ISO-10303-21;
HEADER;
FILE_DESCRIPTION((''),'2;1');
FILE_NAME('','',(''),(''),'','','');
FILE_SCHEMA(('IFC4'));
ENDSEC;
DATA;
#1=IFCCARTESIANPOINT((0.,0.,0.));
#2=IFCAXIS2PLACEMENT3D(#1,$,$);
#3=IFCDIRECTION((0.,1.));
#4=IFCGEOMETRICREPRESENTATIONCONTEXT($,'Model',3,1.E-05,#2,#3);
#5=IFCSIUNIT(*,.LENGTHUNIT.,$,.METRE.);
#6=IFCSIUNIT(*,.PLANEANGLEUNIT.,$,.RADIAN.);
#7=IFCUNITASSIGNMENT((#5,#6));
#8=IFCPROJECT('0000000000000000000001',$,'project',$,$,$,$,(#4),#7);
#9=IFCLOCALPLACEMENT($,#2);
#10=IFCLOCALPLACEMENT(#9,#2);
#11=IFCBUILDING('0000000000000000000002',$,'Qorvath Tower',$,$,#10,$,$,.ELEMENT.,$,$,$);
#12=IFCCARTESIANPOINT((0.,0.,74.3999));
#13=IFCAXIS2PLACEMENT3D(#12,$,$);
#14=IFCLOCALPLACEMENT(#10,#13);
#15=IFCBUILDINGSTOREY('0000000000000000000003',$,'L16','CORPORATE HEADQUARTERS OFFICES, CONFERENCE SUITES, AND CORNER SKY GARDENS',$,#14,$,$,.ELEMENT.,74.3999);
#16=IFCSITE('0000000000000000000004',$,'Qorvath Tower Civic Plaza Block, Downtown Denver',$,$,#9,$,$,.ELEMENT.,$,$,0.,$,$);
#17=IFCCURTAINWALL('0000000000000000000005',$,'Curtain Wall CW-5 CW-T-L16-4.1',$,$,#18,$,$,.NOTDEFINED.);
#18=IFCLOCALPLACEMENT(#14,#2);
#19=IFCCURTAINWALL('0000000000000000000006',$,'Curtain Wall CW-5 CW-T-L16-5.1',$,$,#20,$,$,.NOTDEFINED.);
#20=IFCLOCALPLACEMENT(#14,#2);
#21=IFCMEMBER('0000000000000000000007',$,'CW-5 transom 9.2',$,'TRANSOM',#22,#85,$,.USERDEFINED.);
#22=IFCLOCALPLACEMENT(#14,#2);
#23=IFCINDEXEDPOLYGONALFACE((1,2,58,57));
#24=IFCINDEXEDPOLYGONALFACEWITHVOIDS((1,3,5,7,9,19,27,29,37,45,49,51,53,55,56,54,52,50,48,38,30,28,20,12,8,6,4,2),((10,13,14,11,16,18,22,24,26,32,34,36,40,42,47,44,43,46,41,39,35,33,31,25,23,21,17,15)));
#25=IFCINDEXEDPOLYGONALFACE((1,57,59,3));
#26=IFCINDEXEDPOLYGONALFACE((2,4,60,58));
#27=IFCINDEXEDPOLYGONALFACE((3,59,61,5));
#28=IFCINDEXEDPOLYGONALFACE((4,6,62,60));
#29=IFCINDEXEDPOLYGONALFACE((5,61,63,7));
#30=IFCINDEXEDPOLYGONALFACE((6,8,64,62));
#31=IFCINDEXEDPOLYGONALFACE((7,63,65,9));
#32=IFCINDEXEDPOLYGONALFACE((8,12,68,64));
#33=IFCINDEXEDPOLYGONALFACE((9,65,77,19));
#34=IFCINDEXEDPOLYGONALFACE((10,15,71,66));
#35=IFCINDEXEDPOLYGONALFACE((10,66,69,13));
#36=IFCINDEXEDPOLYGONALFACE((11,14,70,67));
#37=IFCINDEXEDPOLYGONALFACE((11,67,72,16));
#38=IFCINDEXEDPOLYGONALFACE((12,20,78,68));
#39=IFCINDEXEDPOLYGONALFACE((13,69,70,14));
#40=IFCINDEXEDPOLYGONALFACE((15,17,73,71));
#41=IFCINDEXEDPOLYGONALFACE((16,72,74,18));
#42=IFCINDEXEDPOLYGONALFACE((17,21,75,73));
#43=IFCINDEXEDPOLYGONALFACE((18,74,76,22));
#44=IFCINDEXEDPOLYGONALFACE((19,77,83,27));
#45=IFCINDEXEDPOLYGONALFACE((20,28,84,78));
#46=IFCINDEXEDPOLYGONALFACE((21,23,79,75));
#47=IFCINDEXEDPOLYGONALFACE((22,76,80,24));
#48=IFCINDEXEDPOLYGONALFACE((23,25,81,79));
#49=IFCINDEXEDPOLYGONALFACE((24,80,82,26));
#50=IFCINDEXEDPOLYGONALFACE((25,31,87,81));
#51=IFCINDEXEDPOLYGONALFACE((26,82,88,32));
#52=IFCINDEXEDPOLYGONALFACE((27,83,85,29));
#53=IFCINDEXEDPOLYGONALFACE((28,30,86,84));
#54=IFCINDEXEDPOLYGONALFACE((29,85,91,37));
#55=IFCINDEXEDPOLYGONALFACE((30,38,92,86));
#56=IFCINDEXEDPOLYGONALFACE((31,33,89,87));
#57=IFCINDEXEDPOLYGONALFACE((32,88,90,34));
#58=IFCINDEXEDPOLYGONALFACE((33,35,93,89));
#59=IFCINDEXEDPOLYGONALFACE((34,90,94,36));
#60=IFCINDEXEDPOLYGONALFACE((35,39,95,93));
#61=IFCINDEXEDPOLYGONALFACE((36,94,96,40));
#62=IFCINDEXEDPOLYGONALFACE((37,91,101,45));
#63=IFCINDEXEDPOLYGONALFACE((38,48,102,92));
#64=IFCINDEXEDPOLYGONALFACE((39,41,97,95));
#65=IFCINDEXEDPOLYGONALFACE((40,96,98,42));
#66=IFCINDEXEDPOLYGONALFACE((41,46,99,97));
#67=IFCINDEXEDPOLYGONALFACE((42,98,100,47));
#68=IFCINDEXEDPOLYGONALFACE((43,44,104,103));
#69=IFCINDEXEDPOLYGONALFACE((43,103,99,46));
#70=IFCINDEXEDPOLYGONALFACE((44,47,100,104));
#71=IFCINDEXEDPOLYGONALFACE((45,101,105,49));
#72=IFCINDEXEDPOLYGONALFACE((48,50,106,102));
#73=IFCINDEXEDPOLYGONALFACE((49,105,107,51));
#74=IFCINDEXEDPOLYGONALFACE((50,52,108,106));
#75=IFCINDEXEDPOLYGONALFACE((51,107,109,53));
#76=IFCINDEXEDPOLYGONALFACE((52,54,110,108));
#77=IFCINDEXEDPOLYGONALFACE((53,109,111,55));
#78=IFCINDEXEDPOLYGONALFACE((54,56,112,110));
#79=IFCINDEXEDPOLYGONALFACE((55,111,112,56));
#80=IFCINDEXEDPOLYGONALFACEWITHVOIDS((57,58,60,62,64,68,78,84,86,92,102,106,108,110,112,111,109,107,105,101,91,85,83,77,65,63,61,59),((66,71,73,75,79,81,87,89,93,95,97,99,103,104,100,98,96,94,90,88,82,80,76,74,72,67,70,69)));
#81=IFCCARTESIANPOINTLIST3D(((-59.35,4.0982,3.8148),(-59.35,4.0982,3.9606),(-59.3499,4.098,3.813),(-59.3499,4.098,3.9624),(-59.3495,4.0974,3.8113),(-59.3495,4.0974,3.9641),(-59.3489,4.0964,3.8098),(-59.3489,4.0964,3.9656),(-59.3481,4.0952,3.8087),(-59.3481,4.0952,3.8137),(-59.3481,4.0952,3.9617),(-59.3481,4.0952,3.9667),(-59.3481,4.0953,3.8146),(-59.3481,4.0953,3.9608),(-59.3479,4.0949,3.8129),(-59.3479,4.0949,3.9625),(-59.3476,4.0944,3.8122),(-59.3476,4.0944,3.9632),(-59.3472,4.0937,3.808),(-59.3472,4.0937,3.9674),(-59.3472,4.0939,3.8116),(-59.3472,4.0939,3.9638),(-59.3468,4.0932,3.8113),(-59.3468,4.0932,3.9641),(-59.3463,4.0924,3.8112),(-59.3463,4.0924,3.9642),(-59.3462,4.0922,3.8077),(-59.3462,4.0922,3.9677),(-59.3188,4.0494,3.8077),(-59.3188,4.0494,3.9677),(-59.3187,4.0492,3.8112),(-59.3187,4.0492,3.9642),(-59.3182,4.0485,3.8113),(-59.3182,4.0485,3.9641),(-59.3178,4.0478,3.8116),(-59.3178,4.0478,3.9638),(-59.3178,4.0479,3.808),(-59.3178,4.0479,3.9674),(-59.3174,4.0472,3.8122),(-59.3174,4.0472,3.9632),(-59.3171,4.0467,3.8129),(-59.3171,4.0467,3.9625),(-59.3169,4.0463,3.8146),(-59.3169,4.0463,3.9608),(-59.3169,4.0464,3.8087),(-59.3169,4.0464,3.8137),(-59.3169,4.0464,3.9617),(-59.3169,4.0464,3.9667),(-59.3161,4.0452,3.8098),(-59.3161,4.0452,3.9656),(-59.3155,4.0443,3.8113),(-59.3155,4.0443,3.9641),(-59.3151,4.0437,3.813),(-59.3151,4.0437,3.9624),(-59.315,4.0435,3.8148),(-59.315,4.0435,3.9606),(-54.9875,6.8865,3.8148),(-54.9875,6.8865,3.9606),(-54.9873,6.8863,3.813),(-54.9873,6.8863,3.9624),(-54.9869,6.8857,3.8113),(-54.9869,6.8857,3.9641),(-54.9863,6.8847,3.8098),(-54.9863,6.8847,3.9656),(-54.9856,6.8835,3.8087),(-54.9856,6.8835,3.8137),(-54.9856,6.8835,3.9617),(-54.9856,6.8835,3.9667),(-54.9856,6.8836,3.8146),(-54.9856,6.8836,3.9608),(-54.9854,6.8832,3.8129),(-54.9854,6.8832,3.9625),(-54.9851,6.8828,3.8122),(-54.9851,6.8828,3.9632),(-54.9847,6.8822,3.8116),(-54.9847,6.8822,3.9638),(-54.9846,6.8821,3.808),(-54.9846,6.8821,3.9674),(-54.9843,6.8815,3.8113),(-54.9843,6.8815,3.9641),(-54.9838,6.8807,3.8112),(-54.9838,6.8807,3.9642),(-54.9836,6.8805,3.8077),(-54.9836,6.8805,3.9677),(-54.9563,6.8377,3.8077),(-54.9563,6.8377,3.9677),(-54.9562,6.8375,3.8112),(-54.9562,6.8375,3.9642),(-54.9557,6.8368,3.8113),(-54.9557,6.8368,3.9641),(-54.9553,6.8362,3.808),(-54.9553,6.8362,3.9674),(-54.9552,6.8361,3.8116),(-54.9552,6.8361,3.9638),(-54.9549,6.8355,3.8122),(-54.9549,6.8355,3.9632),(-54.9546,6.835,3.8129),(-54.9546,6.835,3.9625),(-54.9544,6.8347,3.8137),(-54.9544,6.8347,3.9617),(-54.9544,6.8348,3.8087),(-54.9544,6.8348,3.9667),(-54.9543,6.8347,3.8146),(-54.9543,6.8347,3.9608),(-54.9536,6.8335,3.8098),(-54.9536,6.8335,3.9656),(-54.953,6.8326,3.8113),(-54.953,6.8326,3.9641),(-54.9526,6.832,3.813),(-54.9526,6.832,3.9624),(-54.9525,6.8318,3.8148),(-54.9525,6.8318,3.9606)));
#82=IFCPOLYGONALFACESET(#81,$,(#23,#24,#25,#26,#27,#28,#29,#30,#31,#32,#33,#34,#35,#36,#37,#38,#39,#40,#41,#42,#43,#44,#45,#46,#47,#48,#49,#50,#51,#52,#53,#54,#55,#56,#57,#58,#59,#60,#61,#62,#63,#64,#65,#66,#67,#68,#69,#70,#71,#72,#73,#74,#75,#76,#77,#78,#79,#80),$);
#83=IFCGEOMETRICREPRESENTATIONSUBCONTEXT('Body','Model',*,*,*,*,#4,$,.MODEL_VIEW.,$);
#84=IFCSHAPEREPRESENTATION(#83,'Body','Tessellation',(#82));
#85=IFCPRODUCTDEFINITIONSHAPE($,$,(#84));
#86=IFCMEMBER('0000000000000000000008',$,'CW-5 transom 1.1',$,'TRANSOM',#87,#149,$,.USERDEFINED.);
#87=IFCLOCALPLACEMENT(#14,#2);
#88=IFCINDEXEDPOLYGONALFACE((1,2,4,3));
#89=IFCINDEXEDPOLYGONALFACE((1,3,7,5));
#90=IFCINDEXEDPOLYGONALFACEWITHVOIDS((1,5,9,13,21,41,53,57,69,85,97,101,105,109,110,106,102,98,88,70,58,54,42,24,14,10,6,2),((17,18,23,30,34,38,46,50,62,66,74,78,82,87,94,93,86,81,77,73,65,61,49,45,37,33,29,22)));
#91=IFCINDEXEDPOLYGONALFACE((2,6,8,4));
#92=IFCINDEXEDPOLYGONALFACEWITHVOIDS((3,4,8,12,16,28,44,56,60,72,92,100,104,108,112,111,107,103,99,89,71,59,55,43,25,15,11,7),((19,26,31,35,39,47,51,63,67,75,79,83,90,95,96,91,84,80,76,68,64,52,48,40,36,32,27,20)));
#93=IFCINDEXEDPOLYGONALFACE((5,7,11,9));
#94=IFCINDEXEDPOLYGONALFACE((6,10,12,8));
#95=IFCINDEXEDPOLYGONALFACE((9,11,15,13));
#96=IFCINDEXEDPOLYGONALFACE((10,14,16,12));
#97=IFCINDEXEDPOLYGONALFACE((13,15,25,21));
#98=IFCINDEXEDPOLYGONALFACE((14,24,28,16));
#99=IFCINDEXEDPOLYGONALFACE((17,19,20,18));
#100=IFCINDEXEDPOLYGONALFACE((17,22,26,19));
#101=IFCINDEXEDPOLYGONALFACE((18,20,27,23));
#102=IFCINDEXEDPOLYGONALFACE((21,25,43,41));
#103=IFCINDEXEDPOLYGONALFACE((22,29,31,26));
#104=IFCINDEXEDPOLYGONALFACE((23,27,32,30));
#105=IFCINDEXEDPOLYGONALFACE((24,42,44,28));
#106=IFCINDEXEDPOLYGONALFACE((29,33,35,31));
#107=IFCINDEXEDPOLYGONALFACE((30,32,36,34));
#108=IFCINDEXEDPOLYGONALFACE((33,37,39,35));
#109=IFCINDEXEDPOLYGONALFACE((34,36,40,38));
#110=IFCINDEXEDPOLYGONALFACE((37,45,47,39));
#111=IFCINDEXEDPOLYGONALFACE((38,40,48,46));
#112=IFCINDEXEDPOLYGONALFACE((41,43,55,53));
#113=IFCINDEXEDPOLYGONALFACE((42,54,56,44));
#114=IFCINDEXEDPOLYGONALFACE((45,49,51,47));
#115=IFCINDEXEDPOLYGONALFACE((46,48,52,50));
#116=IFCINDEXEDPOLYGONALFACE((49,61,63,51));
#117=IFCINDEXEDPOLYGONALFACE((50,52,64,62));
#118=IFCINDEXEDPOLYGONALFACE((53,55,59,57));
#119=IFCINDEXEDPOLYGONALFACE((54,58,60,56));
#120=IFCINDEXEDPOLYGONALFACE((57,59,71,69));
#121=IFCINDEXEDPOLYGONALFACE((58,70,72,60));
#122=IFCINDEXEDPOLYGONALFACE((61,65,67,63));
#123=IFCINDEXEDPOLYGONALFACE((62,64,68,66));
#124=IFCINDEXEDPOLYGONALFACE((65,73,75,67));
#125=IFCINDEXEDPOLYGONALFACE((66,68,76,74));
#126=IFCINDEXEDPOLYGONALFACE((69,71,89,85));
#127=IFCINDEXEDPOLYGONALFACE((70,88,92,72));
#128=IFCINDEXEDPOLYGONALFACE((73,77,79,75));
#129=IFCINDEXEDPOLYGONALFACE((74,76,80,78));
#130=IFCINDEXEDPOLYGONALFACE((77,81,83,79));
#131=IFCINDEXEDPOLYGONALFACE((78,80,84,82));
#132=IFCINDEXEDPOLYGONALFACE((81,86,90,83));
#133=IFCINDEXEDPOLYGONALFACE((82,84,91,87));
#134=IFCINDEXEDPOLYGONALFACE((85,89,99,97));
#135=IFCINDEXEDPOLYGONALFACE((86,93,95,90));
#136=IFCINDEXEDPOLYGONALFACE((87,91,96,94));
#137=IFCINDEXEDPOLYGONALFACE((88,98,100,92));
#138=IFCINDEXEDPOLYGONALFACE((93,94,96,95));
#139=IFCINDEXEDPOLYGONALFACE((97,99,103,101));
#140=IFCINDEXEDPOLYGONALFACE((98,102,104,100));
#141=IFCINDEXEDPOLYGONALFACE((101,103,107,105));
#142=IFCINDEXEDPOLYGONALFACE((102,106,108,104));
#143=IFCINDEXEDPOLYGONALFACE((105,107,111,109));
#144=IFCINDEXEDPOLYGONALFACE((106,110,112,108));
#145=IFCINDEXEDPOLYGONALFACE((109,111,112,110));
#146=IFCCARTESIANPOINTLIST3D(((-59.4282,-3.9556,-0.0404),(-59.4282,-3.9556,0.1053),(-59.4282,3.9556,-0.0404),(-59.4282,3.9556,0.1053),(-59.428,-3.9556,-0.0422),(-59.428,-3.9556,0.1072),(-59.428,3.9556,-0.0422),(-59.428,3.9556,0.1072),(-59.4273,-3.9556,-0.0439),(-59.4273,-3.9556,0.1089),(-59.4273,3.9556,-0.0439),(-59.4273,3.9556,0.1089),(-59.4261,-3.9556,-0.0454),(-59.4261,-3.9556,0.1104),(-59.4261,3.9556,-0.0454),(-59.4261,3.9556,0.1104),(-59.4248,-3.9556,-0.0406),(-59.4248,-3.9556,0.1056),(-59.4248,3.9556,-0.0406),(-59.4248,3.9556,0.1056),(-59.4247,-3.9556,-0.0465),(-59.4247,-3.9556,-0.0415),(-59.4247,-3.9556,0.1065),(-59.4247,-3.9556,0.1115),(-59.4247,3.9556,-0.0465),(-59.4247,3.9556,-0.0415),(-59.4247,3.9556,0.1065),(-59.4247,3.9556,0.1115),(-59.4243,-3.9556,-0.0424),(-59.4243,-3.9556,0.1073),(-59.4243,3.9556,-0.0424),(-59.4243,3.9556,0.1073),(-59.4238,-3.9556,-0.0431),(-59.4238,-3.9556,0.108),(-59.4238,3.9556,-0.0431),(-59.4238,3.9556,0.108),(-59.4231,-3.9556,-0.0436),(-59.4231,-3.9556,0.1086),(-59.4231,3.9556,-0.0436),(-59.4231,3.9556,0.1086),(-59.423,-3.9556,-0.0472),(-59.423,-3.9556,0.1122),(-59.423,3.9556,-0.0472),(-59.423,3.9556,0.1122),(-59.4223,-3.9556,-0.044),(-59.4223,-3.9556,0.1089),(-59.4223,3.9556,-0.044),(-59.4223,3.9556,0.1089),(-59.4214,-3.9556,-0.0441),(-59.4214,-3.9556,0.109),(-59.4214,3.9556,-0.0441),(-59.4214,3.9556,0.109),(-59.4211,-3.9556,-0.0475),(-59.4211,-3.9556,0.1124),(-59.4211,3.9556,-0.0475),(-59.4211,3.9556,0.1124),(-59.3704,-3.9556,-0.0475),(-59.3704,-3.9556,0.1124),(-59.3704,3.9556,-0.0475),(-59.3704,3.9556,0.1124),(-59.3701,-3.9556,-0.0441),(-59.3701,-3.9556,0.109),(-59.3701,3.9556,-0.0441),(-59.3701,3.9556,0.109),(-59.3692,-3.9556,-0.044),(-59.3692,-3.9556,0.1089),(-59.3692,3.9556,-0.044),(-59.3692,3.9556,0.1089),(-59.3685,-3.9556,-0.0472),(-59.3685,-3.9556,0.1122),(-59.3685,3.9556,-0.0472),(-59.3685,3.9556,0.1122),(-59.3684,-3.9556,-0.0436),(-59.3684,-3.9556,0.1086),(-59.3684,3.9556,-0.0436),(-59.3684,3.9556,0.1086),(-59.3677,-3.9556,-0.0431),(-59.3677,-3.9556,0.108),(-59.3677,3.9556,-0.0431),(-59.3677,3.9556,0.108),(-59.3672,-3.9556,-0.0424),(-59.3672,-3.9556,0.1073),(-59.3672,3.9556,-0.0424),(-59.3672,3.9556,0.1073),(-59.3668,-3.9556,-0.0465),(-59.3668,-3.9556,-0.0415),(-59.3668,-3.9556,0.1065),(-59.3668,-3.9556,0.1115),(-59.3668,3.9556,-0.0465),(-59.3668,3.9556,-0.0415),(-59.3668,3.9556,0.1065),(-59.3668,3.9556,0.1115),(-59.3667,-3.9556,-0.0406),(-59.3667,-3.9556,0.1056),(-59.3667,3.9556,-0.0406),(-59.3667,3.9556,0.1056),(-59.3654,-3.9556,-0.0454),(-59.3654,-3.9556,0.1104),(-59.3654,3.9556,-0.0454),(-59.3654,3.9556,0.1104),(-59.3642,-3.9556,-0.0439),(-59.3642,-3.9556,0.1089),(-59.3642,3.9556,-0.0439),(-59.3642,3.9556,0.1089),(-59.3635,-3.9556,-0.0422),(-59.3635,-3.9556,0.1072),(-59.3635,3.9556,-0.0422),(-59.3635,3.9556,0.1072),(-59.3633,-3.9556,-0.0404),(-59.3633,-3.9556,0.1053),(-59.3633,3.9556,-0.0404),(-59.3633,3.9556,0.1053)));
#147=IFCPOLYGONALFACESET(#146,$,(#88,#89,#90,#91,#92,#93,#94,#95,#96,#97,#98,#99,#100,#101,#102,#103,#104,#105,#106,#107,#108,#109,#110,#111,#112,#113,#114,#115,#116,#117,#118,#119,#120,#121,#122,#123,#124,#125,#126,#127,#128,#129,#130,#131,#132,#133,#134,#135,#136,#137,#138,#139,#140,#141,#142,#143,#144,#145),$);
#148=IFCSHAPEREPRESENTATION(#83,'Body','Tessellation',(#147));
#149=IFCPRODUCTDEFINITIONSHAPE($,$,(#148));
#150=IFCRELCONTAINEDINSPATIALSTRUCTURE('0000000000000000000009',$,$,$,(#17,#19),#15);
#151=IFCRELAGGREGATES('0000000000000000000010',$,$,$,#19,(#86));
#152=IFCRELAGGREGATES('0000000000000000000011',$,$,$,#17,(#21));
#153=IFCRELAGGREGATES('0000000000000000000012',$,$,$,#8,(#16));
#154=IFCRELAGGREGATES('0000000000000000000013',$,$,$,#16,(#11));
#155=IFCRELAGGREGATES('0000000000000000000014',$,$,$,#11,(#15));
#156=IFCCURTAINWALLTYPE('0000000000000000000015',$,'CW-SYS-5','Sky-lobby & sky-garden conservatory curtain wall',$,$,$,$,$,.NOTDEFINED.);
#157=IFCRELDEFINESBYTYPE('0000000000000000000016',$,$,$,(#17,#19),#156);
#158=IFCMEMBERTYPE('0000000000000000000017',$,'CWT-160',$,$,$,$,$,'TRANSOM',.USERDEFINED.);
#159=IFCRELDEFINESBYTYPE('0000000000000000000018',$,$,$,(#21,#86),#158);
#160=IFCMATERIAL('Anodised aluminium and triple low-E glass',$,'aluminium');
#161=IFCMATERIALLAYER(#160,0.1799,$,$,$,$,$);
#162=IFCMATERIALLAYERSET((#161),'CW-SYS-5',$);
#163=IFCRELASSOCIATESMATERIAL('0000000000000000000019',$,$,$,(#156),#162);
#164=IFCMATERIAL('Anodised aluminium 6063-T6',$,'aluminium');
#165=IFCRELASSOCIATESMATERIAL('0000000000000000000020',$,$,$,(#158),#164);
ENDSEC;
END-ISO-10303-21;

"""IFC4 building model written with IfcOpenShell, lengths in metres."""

from ifc_helpers import new_model, si_unit, direction, frame, origin, origin_2d, place, context, subcontext, project, spatial, hollow_rectangle, extrude, material, layer, layer_set, material_profile, profile_set, type_object, element, aggregate, save


model = new_model("IFC4")

# Units and contexts
model_context = context("Model", 3, precision=1e-05, world=origin(), true_north=direction((0.0, 1.0)))
body_context = subcontext(model_context, "Body", "Model", "MODEL_VIEW")
ifc_project = project(units=[si_unit("LENGTHUNIT", "METRE"), si_unit("PLANEANGLEUNIT", "RADIAN")], contexts=[model_context])

# Site, building, storey
site_placement = place(None, origin())
site = spatial("IfcSite", under=ifc_project, at=site_placement, Name="Qorvath Tower Civic Plaza Block, Downtown Denver", CompositionType="ELEMENT", RefElevation=0.0)
building_placement = place(site_placement, origin())
building = spatial("IfcBuilding", under=site, at=building_placement, Name="Qorvath Tower", CompositionType="ELEMENT")
storey_placement = place(building_placement, frame((0.0, 0.0, 74.3999)))
storey = spatial("IfcBuildingStorey", under=building, at=storey_placement, Name="L16", Description="CORPORATE HEADQUARTERS OFFICES, CONFERENCE SUITES, AND CORNER SKY GARDENS", CompositionType="ELEMENT", Elevation=74.3999)

# Curtain wall
ifc_material_1 = material(Name="Anodised aluminium and triple low-E glass", Category="aluminium")
ifc_layer_1 = layer(ifc_material_1, 0.1799)
ifc_layer_set_1 = layer_set([ifc_layer_1], Name="CW-SYS-5")
curtain_wall_type = type_object("IfcCurtainWallType", Name="CW-SYS-5", Description="Sky-lobby & sky-garden conservatory curtain wall", PredefinedType="NOTDEFINED", material=ifc_layer_set_1)
curtain_wall_1_placement = place(storey_placement, origin())
curtain_wall_1 = element("IfcCurtainWall", 1, at=curtain_wall_1_placement, inside=storey, type_object=curtain_wall_type, Name="Curtain Wall CW-5 CW-T-L16-4.1", PredefinedType="NOTDEFINED")

# Curtain wall
curtain_wall_2_placement = place(storey_placement, origin())
curtain_wall_2 = element("IfcCurtainWall", 2, at=curtain_wall_2_placement, inside=storey, type_object=curtain_wall_type, Name="Curtain Wall CW-5 CW-T-L16-5.1", PredefinedType="NOTDEFINED")

# Members
ifc_material_2 = material(Name="Anodised aluminium 6063-T6", Category="aluminium")
ifc_material_profile_1 = material_profile(ifc_material_2, hollow_rectangle(XDim=0.0649, YDim=0.1599, WallThickness=0.0034, InnerFilletRadius=0.0034, OuterFilletRadius=0.0071, at=origin_2d()), Name="CWT 160x65")
ifc_profile_set_1 = profile_set([ifc_material_profile_1], Name="Anodised aluminium 6063-T6")
member_type_1 = type_object("IfcMemberType", Name="CWT-160", ElementType="TRANSOM", PredefinedType="USERDEFINED", material=ifc_profile_set_1)
member_1_placement = place(storey_placement, frame((-54.97, 6.8591, 3.8877), z_axis=(-0.842596, -0.538546, 0.0), x_axis=(0.538546, -0.842596, 0.0)))
member_1 = element("IfcMember", 3, at=member_1_placement, type_object=member_type_1, Name="CW-5 transom 9.2", ObjectType="TRANSOM", PredefinedType="USERDEFINED", context=body_context, shape_type="SweptSolid", body=[
    extrude(hollow_rectangle(XDim=0.0649, YDim=0.1599, WallThickness=0.0034, InnerFilletRadius=0.0034, OuterFilletRadius=0.0071, at=origin_2d()), origin(), (0.0, 0.0, 1.0), 5.1775),
])
member_2_placement = place(storey_placement, frame((-59.3958, 3.9556, 0.0325), z_axis=(0.0, -1.0, 0.0), x_axis=(1.0, 0.0, 0.0)))
member_2 = element("IfcMember", 4, at=member_2_placement, type_object=member_type_1, Name="CW-5 transom 1.1", ObjectType="TRANSOM", PredefinedType="USERDEFINED", context=body_context, shape_type="SweptSolid", body=[
    extrude(hollow_rectangle(XDim=0.0649, YDim=0.1599, WallThickness=0.0034, InnerFilletRadius=0.0034, OuterFilletRadius=0.0071, at=origin_2d()), origin(), (0.0, 0.0, 1.0), 7.9111),
])
aggregate(curtain_wall_2, [member_2])

aggregate(curtain_wall_1, [member_1])

save(model, "model.ifc")
